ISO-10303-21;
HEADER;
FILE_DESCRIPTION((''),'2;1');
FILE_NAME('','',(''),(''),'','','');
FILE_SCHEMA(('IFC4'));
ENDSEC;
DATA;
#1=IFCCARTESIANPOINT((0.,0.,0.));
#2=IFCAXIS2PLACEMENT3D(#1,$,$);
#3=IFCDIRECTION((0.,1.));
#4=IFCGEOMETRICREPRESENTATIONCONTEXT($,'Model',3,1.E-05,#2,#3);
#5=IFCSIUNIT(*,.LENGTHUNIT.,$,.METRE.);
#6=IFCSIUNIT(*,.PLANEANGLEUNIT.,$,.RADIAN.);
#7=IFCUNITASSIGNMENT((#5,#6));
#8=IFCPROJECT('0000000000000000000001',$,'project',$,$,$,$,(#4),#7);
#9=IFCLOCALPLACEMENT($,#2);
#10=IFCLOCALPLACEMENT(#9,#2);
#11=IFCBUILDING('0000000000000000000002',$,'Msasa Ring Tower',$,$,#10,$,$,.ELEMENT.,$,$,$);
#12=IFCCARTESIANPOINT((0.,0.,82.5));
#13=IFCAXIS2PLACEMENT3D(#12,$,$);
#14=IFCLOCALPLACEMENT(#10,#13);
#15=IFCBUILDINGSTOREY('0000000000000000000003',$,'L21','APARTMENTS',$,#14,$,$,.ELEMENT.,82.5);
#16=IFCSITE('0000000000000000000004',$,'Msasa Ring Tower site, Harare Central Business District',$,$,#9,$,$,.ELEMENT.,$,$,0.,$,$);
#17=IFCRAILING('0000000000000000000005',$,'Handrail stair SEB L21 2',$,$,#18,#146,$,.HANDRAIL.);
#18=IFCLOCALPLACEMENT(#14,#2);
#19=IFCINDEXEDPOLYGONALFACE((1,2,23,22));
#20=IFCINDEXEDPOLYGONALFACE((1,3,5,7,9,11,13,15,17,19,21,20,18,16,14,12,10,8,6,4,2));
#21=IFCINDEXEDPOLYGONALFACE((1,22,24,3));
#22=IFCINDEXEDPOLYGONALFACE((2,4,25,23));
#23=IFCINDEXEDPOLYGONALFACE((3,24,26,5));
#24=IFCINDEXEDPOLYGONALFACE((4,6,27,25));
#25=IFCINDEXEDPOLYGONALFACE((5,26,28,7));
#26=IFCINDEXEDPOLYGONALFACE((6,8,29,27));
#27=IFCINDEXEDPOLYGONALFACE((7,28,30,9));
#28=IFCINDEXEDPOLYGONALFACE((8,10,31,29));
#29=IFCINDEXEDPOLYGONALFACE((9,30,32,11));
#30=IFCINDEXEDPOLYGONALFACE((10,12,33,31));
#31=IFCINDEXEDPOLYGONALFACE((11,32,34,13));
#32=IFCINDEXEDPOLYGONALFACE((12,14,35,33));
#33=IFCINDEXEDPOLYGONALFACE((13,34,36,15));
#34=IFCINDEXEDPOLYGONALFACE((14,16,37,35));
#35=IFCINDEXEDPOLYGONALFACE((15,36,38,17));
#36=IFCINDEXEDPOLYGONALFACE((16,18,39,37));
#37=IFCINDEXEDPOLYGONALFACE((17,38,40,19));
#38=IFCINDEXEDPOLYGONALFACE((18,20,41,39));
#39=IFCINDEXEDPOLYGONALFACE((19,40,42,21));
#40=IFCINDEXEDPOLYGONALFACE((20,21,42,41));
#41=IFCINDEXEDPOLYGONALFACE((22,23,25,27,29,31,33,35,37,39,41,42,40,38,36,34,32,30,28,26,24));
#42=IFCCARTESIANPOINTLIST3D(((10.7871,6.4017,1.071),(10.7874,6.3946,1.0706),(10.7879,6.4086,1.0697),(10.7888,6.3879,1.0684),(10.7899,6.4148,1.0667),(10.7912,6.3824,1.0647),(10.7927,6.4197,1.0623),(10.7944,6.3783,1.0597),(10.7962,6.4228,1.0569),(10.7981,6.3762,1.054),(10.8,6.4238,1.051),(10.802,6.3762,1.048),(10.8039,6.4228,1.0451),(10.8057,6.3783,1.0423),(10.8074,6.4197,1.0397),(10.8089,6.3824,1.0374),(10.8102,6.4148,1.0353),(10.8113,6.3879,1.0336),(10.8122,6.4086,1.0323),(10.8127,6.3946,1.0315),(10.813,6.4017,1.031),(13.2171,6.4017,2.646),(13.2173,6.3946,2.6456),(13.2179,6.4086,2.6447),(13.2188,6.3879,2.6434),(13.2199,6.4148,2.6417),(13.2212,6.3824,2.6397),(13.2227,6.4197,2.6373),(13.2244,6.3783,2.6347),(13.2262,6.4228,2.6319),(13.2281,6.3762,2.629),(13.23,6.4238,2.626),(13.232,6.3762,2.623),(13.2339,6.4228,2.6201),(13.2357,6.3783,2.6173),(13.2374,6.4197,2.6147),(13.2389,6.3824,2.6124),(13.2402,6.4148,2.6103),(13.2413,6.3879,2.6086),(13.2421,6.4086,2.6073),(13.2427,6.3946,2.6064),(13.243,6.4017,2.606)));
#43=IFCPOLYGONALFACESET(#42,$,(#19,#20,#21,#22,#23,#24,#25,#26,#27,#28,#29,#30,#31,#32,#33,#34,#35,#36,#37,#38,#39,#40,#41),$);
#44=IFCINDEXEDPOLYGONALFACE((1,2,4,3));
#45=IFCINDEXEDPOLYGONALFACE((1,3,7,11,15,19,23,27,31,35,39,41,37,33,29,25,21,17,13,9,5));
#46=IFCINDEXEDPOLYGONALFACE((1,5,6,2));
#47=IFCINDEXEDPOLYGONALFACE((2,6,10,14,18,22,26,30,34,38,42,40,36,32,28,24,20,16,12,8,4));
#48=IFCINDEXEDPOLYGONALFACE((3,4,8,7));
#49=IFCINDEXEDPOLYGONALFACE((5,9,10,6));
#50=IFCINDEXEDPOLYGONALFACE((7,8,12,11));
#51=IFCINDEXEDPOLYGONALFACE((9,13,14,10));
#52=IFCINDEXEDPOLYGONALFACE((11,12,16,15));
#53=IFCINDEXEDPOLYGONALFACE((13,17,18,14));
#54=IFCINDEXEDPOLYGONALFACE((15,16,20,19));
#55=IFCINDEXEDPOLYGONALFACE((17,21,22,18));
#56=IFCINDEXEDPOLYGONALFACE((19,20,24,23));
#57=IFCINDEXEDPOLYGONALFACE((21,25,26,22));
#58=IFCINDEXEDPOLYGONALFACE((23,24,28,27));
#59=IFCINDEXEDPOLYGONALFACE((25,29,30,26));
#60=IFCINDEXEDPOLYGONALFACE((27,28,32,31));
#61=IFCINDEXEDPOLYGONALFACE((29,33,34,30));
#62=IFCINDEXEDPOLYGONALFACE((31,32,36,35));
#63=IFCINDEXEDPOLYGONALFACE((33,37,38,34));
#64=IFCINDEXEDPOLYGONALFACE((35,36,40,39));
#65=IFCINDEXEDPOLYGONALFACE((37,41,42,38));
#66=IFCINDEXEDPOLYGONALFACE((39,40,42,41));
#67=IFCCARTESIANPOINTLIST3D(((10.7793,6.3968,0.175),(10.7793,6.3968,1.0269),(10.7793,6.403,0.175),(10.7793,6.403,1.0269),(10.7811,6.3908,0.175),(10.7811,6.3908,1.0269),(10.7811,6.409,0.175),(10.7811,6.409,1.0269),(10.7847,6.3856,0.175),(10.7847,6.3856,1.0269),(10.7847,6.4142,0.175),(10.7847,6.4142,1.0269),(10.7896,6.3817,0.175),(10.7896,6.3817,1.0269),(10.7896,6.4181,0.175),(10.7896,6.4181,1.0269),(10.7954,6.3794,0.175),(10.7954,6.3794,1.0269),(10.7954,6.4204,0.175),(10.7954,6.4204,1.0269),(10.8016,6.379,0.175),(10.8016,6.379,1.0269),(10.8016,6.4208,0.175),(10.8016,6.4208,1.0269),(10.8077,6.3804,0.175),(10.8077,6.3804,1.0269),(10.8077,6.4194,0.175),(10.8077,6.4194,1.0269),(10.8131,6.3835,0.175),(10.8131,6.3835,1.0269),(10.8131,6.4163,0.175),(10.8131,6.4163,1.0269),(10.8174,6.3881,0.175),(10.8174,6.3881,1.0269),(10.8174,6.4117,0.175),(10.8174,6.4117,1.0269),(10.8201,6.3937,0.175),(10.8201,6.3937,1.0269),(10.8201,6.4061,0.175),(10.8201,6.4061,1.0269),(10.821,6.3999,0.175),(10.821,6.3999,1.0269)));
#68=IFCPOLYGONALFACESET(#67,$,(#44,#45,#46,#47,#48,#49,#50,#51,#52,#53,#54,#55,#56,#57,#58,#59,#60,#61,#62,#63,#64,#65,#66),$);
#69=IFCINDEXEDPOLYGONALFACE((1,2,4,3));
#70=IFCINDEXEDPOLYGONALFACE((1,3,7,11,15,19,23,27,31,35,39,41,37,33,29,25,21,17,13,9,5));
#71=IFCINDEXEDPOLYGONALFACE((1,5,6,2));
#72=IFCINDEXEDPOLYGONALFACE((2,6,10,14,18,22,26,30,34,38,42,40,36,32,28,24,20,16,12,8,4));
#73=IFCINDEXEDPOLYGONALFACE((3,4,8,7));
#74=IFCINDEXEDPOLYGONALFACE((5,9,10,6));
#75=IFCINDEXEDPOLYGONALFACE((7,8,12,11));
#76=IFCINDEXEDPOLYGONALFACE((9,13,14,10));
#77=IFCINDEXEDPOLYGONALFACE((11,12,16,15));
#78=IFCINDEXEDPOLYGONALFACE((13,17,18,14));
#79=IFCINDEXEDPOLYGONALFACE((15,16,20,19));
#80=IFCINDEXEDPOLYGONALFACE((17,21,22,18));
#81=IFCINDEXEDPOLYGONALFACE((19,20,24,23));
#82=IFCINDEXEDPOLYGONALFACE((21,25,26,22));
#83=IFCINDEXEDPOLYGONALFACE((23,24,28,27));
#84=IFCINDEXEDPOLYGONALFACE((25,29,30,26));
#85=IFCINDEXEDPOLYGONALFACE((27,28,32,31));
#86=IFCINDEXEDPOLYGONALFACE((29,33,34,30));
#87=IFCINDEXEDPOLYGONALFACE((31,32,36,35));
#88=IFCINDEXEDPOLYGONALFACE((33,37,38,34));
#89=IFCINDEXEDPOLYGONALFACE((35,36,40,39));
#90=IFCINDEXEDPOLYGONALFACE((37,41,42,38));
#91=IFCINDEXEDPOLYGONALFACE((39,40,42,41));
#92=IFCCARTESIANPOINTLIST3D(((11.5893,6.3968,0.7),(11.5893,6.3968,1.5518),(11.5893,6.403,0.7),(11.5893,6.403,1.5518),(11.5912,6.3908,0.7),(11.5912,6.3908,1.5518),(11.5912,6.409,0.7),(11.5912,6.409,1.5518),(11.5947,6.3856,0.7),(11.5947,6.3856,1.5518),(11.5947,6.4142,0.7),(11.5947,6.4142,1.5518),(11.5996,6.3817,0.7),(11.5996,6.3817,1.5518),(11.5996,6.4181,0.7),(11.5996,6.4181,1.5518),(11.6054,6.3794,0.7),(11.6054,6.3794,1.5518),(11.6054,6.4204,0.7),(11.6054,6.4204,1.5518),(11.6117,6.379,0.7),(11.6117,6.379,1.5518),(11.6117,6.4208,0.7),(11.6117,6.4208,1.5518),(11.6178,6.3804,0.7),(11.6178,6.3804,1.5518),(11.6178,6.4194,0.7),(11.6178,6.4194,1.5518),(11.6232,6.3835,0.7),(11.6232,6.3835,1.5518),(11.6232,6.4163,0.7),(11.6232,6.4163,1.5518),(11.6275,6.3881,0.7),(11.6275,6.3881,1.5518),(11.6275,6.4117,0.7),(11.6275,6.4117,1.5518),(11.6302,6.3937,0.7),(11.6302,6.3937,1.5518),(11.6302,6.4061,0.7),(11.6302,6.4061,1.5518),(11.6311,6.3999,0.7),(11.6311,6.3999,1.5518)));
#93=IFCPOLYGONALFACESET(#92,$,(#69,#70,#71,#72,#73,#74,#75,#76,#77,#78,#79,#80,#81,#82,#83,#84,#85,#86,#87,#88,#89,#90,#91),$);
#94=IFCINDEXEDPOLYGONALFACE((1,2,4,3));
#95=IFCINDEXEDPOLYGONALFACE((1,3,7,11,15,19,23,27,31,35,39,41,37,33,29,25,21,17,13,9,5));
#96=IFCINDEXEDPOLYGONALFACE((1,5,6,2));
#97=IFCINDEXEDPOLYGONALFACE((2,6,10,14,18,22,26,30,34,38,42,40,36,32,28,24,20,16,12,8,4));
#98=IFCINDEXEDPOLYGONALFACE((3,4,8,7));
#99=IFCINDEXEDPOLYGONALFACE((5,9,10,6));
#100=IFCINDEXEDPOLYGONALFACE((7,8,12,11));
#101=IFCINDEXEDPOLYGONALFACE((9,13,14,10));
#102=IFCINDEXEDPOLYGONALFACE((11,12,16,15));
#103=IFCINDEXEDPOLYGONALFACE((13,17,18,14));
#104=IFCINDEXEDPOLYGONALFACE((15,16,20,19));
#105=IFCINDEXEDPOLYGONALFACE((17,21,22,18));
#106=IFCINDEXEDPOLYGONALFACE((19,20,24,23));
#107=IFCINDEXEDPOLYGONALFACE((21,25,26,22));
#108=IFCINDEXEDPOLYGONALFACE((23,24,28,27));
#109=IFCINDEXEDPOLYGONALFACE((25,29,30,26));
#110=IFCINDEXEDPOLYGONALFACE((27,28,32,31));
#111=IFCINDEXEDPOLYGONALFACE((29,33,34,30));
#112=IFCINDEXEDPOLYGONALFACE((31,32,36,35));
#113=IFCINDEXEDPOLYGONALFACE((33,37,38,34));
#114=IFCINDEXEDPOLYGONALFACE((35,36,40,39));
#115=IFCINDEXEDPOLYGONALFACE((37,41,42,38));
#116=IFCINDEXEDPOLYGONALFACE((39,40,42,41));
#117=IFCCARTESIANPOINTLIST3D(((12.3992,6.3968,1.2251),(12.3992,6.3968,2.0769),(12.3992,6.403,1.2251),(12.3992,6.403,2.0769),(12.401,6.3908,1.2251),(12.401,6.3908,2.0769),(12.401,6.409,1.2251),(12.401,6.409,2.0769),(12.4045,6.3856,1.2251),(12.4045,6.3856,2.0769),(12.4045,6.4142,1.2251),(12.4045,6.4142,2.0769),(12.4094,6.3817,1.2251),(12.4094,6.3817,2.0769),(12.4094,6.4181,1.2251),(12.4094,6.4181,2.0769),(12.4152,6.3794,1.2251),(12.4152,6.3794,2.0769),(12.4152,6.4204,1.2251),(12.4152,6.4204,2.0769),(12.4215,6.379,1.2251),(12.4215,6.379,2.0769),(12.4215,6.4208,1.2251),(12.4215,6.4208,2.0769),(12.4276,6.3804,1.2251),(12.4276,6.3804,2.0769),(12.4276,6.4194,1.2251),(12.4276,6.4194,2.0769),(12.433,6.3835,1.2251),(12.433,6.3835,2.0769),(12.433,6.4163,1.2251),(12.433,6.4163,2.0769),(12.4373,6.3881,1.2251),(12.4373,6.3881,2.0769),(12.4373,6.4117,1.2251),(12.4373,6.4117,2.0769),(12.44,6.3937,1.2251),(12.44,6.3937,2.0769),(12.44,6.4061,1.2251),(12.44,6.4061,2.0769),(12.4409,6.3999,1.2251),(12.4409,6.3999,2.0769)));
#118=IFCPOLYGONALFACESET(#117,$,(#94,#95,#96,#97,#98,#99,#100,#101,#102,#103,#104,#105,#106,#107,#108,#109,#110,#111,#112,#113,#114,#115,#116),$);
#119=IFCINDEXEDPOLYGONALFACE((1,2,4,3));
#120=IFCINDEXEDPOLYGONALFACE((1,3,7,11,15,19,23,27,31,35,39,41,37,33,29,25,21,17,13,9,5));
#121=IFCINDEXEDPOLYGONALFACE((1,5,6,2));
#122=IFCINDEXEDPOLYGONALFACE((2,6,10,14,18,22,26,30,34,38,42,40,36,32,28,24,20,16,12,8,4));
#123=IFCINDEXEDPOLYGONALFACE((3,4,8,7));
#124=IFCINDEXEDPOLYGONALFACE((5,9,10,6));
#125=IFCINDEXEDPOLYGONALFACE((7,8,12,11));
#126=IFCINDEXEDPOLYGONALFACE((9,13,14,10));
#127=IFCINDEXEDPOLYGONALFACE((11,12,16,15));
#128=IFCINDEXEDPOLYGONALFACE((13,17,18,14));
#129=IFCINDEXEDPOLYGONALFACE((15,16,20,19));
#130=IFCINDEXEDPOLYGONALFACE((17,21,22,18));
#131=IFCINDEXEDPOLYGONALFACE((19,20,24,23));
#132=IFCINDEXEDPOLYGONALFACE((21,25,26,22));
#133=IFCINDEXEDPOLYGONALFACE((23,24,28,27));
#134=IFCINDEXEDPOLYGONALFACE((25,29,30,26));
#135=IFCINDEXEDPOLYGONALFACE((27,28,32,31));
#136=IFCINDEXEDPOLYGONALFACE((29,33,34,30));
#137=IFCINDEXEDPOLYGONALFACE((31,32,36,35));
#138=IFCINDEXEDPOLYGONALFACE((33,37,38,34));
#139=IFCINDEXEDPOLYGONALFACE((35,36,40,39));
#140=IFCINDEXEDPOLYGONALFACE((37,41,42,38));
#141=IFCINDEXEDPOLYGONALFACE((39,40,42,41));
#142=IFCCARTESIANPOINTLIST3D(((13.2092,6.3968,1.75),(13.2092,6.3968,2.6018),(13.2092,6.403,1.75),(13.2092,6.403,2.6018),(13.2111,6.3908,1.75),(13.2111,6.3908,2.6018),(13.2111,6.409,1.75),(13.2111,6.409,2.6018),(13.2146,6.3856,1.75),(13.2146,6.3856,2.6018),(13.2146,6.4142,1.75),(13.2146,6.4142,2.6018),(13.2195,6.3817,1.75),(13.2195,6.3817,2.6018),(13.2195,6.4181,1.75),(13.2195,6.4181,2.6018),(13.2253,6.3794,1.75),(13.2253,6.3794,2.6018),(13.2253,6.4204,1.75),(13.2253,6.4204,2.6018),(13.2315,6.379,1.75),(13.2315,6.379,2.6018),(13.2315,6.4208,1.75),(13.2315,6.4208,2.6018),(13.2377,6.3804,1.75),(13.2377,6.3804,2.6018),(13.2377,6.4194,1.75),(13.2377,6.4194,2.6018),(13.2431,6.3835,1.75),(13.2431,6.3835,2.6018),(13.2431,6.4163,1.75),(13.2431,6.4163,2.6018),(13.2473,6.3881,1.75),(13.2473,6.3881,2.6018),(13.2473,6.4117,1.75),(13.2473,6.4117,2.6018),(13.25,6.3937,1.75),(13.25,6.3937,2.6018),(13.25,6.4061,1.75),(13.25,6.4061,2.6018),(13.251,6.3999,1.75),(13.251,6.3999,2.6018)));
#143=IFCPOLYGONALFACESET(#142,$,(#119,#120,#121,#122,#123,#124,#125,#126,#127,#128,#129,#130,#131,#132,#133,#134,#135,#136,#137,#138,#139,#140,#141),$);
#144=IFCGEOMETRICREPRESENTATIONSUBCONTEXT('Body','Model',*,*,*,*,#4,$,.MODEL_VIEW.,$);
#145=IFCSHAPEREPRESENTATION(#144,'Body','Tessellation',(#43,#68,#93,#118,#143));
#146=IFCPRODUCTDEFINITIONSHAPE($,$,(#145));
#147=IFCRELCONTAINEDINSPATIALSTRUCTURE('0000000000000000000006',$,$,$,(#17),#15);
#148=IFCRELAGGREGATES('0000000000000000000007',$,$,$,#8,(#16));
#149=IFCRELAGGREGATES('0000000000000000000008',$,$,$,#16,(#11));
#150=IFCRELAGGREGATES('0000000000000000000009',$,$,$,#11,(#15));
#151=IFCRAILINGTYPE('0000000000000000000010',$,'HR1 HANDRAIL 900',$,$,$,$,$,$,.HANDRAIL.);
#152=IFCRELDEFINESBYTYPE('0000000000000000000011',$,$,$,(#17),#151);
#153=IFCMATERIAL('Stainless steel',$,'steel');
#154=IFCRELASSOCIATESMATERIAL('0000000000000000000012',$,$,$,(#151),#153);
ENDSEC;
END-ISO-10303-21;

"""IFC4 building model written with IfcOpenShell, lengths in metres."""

from ifc_helpers import new_model, si_unit, direction, frame, origin, origin_2d, place, context, subcontext, project, spatial, circle, extrude, material, type_object, element, save


model = new_model("IFC4")

# Units and contexts
model_context = context("Model", 3, precision=1e-05, world=origin(), true_north=direction((0.0, 1.0)))
body_context = subcontext(model_context, "Body", "Model", "MODEL_VIEW")
ifc_project = project(units=[si_unit("LENGTHUNIT", "METRE"), si_unit("PLANEANGLEUNIT", "RADIAN")], contexts=[model_context])

# Site, building, storey
site_placement = place(None, origin())
site = spatial("IfcSite", under=ifc_project, at=site_placement, Name="Msasa Ring Tower site, Harare Central Business District", CompositionType="ELEMENT", RefElevation=0.0)
building_placement = place(site_placement, origin())
building = spatial("IfcBuilding", under=site, at=building_placement, Name="Msasa Ring Tower", CompositionType="ELEMENT")
storey_placement = place(building_placement, frame((0.0, 0.0, 82.5)))
storey = spatial("IfcBuildingStorey", under=building, at=storey_placement, Name="L21", Description="APARTMENTS", CompositionType="ELEMENT", Elevation=82.5)

# Railing
ifc_material_1 = material(Name="Stainless steel", Category="steel")
railing_type = type_object("IfcRailingType", Name="HR1 HANDRAIL 900", PredefinedType="HANDRAIL", material=ifc_material_1)
for number, where, name in (
    (1, (10.8, 6.3999, 0.175), "Handrail stair SEB L21 2"),
):
    element("IfcRailing", number, at=place(storey_placement, frame(where)), inside=storey, type_object=railing_type, Name=name, PredefinedType="HANDRAIL", context=body_context, shape_type="SweptSolid", body=[
        extrude(circle(Radius=0.0239, at=origin_2d()), frame((0.0, 0.0, 0.876), z_axis=(0.839154, 0.0, 0.543894), x_axis=(0.0, 1.0, 0.0)), (0.0, 0.0, 1.0), 2.8958),
        extrude(circle(Radius=0.021, at=origin_2d()), origin(), (0.0, 0.0, 1.0), 0.8518),
        extrude(circle(Radius=0.021, at=origin_2d()), frame((0.8101, 0.0, 0.5249)), (0.0, 0.0, 1.0), 0.8518),
        extrude(circle(Radius=0.021, at=origin_2d()), frame((1.6199, 0.0, 1.05)), (0.0, 0.0, 1.0), 0.8518),
        extrude(circle(Radius=0.021, at=origin_2d()), frame((2.4299, 0.0, 1.575)), (0.0, 0.0, 1.0), 0.8518),
    ])

save(model, "model.ifc")
